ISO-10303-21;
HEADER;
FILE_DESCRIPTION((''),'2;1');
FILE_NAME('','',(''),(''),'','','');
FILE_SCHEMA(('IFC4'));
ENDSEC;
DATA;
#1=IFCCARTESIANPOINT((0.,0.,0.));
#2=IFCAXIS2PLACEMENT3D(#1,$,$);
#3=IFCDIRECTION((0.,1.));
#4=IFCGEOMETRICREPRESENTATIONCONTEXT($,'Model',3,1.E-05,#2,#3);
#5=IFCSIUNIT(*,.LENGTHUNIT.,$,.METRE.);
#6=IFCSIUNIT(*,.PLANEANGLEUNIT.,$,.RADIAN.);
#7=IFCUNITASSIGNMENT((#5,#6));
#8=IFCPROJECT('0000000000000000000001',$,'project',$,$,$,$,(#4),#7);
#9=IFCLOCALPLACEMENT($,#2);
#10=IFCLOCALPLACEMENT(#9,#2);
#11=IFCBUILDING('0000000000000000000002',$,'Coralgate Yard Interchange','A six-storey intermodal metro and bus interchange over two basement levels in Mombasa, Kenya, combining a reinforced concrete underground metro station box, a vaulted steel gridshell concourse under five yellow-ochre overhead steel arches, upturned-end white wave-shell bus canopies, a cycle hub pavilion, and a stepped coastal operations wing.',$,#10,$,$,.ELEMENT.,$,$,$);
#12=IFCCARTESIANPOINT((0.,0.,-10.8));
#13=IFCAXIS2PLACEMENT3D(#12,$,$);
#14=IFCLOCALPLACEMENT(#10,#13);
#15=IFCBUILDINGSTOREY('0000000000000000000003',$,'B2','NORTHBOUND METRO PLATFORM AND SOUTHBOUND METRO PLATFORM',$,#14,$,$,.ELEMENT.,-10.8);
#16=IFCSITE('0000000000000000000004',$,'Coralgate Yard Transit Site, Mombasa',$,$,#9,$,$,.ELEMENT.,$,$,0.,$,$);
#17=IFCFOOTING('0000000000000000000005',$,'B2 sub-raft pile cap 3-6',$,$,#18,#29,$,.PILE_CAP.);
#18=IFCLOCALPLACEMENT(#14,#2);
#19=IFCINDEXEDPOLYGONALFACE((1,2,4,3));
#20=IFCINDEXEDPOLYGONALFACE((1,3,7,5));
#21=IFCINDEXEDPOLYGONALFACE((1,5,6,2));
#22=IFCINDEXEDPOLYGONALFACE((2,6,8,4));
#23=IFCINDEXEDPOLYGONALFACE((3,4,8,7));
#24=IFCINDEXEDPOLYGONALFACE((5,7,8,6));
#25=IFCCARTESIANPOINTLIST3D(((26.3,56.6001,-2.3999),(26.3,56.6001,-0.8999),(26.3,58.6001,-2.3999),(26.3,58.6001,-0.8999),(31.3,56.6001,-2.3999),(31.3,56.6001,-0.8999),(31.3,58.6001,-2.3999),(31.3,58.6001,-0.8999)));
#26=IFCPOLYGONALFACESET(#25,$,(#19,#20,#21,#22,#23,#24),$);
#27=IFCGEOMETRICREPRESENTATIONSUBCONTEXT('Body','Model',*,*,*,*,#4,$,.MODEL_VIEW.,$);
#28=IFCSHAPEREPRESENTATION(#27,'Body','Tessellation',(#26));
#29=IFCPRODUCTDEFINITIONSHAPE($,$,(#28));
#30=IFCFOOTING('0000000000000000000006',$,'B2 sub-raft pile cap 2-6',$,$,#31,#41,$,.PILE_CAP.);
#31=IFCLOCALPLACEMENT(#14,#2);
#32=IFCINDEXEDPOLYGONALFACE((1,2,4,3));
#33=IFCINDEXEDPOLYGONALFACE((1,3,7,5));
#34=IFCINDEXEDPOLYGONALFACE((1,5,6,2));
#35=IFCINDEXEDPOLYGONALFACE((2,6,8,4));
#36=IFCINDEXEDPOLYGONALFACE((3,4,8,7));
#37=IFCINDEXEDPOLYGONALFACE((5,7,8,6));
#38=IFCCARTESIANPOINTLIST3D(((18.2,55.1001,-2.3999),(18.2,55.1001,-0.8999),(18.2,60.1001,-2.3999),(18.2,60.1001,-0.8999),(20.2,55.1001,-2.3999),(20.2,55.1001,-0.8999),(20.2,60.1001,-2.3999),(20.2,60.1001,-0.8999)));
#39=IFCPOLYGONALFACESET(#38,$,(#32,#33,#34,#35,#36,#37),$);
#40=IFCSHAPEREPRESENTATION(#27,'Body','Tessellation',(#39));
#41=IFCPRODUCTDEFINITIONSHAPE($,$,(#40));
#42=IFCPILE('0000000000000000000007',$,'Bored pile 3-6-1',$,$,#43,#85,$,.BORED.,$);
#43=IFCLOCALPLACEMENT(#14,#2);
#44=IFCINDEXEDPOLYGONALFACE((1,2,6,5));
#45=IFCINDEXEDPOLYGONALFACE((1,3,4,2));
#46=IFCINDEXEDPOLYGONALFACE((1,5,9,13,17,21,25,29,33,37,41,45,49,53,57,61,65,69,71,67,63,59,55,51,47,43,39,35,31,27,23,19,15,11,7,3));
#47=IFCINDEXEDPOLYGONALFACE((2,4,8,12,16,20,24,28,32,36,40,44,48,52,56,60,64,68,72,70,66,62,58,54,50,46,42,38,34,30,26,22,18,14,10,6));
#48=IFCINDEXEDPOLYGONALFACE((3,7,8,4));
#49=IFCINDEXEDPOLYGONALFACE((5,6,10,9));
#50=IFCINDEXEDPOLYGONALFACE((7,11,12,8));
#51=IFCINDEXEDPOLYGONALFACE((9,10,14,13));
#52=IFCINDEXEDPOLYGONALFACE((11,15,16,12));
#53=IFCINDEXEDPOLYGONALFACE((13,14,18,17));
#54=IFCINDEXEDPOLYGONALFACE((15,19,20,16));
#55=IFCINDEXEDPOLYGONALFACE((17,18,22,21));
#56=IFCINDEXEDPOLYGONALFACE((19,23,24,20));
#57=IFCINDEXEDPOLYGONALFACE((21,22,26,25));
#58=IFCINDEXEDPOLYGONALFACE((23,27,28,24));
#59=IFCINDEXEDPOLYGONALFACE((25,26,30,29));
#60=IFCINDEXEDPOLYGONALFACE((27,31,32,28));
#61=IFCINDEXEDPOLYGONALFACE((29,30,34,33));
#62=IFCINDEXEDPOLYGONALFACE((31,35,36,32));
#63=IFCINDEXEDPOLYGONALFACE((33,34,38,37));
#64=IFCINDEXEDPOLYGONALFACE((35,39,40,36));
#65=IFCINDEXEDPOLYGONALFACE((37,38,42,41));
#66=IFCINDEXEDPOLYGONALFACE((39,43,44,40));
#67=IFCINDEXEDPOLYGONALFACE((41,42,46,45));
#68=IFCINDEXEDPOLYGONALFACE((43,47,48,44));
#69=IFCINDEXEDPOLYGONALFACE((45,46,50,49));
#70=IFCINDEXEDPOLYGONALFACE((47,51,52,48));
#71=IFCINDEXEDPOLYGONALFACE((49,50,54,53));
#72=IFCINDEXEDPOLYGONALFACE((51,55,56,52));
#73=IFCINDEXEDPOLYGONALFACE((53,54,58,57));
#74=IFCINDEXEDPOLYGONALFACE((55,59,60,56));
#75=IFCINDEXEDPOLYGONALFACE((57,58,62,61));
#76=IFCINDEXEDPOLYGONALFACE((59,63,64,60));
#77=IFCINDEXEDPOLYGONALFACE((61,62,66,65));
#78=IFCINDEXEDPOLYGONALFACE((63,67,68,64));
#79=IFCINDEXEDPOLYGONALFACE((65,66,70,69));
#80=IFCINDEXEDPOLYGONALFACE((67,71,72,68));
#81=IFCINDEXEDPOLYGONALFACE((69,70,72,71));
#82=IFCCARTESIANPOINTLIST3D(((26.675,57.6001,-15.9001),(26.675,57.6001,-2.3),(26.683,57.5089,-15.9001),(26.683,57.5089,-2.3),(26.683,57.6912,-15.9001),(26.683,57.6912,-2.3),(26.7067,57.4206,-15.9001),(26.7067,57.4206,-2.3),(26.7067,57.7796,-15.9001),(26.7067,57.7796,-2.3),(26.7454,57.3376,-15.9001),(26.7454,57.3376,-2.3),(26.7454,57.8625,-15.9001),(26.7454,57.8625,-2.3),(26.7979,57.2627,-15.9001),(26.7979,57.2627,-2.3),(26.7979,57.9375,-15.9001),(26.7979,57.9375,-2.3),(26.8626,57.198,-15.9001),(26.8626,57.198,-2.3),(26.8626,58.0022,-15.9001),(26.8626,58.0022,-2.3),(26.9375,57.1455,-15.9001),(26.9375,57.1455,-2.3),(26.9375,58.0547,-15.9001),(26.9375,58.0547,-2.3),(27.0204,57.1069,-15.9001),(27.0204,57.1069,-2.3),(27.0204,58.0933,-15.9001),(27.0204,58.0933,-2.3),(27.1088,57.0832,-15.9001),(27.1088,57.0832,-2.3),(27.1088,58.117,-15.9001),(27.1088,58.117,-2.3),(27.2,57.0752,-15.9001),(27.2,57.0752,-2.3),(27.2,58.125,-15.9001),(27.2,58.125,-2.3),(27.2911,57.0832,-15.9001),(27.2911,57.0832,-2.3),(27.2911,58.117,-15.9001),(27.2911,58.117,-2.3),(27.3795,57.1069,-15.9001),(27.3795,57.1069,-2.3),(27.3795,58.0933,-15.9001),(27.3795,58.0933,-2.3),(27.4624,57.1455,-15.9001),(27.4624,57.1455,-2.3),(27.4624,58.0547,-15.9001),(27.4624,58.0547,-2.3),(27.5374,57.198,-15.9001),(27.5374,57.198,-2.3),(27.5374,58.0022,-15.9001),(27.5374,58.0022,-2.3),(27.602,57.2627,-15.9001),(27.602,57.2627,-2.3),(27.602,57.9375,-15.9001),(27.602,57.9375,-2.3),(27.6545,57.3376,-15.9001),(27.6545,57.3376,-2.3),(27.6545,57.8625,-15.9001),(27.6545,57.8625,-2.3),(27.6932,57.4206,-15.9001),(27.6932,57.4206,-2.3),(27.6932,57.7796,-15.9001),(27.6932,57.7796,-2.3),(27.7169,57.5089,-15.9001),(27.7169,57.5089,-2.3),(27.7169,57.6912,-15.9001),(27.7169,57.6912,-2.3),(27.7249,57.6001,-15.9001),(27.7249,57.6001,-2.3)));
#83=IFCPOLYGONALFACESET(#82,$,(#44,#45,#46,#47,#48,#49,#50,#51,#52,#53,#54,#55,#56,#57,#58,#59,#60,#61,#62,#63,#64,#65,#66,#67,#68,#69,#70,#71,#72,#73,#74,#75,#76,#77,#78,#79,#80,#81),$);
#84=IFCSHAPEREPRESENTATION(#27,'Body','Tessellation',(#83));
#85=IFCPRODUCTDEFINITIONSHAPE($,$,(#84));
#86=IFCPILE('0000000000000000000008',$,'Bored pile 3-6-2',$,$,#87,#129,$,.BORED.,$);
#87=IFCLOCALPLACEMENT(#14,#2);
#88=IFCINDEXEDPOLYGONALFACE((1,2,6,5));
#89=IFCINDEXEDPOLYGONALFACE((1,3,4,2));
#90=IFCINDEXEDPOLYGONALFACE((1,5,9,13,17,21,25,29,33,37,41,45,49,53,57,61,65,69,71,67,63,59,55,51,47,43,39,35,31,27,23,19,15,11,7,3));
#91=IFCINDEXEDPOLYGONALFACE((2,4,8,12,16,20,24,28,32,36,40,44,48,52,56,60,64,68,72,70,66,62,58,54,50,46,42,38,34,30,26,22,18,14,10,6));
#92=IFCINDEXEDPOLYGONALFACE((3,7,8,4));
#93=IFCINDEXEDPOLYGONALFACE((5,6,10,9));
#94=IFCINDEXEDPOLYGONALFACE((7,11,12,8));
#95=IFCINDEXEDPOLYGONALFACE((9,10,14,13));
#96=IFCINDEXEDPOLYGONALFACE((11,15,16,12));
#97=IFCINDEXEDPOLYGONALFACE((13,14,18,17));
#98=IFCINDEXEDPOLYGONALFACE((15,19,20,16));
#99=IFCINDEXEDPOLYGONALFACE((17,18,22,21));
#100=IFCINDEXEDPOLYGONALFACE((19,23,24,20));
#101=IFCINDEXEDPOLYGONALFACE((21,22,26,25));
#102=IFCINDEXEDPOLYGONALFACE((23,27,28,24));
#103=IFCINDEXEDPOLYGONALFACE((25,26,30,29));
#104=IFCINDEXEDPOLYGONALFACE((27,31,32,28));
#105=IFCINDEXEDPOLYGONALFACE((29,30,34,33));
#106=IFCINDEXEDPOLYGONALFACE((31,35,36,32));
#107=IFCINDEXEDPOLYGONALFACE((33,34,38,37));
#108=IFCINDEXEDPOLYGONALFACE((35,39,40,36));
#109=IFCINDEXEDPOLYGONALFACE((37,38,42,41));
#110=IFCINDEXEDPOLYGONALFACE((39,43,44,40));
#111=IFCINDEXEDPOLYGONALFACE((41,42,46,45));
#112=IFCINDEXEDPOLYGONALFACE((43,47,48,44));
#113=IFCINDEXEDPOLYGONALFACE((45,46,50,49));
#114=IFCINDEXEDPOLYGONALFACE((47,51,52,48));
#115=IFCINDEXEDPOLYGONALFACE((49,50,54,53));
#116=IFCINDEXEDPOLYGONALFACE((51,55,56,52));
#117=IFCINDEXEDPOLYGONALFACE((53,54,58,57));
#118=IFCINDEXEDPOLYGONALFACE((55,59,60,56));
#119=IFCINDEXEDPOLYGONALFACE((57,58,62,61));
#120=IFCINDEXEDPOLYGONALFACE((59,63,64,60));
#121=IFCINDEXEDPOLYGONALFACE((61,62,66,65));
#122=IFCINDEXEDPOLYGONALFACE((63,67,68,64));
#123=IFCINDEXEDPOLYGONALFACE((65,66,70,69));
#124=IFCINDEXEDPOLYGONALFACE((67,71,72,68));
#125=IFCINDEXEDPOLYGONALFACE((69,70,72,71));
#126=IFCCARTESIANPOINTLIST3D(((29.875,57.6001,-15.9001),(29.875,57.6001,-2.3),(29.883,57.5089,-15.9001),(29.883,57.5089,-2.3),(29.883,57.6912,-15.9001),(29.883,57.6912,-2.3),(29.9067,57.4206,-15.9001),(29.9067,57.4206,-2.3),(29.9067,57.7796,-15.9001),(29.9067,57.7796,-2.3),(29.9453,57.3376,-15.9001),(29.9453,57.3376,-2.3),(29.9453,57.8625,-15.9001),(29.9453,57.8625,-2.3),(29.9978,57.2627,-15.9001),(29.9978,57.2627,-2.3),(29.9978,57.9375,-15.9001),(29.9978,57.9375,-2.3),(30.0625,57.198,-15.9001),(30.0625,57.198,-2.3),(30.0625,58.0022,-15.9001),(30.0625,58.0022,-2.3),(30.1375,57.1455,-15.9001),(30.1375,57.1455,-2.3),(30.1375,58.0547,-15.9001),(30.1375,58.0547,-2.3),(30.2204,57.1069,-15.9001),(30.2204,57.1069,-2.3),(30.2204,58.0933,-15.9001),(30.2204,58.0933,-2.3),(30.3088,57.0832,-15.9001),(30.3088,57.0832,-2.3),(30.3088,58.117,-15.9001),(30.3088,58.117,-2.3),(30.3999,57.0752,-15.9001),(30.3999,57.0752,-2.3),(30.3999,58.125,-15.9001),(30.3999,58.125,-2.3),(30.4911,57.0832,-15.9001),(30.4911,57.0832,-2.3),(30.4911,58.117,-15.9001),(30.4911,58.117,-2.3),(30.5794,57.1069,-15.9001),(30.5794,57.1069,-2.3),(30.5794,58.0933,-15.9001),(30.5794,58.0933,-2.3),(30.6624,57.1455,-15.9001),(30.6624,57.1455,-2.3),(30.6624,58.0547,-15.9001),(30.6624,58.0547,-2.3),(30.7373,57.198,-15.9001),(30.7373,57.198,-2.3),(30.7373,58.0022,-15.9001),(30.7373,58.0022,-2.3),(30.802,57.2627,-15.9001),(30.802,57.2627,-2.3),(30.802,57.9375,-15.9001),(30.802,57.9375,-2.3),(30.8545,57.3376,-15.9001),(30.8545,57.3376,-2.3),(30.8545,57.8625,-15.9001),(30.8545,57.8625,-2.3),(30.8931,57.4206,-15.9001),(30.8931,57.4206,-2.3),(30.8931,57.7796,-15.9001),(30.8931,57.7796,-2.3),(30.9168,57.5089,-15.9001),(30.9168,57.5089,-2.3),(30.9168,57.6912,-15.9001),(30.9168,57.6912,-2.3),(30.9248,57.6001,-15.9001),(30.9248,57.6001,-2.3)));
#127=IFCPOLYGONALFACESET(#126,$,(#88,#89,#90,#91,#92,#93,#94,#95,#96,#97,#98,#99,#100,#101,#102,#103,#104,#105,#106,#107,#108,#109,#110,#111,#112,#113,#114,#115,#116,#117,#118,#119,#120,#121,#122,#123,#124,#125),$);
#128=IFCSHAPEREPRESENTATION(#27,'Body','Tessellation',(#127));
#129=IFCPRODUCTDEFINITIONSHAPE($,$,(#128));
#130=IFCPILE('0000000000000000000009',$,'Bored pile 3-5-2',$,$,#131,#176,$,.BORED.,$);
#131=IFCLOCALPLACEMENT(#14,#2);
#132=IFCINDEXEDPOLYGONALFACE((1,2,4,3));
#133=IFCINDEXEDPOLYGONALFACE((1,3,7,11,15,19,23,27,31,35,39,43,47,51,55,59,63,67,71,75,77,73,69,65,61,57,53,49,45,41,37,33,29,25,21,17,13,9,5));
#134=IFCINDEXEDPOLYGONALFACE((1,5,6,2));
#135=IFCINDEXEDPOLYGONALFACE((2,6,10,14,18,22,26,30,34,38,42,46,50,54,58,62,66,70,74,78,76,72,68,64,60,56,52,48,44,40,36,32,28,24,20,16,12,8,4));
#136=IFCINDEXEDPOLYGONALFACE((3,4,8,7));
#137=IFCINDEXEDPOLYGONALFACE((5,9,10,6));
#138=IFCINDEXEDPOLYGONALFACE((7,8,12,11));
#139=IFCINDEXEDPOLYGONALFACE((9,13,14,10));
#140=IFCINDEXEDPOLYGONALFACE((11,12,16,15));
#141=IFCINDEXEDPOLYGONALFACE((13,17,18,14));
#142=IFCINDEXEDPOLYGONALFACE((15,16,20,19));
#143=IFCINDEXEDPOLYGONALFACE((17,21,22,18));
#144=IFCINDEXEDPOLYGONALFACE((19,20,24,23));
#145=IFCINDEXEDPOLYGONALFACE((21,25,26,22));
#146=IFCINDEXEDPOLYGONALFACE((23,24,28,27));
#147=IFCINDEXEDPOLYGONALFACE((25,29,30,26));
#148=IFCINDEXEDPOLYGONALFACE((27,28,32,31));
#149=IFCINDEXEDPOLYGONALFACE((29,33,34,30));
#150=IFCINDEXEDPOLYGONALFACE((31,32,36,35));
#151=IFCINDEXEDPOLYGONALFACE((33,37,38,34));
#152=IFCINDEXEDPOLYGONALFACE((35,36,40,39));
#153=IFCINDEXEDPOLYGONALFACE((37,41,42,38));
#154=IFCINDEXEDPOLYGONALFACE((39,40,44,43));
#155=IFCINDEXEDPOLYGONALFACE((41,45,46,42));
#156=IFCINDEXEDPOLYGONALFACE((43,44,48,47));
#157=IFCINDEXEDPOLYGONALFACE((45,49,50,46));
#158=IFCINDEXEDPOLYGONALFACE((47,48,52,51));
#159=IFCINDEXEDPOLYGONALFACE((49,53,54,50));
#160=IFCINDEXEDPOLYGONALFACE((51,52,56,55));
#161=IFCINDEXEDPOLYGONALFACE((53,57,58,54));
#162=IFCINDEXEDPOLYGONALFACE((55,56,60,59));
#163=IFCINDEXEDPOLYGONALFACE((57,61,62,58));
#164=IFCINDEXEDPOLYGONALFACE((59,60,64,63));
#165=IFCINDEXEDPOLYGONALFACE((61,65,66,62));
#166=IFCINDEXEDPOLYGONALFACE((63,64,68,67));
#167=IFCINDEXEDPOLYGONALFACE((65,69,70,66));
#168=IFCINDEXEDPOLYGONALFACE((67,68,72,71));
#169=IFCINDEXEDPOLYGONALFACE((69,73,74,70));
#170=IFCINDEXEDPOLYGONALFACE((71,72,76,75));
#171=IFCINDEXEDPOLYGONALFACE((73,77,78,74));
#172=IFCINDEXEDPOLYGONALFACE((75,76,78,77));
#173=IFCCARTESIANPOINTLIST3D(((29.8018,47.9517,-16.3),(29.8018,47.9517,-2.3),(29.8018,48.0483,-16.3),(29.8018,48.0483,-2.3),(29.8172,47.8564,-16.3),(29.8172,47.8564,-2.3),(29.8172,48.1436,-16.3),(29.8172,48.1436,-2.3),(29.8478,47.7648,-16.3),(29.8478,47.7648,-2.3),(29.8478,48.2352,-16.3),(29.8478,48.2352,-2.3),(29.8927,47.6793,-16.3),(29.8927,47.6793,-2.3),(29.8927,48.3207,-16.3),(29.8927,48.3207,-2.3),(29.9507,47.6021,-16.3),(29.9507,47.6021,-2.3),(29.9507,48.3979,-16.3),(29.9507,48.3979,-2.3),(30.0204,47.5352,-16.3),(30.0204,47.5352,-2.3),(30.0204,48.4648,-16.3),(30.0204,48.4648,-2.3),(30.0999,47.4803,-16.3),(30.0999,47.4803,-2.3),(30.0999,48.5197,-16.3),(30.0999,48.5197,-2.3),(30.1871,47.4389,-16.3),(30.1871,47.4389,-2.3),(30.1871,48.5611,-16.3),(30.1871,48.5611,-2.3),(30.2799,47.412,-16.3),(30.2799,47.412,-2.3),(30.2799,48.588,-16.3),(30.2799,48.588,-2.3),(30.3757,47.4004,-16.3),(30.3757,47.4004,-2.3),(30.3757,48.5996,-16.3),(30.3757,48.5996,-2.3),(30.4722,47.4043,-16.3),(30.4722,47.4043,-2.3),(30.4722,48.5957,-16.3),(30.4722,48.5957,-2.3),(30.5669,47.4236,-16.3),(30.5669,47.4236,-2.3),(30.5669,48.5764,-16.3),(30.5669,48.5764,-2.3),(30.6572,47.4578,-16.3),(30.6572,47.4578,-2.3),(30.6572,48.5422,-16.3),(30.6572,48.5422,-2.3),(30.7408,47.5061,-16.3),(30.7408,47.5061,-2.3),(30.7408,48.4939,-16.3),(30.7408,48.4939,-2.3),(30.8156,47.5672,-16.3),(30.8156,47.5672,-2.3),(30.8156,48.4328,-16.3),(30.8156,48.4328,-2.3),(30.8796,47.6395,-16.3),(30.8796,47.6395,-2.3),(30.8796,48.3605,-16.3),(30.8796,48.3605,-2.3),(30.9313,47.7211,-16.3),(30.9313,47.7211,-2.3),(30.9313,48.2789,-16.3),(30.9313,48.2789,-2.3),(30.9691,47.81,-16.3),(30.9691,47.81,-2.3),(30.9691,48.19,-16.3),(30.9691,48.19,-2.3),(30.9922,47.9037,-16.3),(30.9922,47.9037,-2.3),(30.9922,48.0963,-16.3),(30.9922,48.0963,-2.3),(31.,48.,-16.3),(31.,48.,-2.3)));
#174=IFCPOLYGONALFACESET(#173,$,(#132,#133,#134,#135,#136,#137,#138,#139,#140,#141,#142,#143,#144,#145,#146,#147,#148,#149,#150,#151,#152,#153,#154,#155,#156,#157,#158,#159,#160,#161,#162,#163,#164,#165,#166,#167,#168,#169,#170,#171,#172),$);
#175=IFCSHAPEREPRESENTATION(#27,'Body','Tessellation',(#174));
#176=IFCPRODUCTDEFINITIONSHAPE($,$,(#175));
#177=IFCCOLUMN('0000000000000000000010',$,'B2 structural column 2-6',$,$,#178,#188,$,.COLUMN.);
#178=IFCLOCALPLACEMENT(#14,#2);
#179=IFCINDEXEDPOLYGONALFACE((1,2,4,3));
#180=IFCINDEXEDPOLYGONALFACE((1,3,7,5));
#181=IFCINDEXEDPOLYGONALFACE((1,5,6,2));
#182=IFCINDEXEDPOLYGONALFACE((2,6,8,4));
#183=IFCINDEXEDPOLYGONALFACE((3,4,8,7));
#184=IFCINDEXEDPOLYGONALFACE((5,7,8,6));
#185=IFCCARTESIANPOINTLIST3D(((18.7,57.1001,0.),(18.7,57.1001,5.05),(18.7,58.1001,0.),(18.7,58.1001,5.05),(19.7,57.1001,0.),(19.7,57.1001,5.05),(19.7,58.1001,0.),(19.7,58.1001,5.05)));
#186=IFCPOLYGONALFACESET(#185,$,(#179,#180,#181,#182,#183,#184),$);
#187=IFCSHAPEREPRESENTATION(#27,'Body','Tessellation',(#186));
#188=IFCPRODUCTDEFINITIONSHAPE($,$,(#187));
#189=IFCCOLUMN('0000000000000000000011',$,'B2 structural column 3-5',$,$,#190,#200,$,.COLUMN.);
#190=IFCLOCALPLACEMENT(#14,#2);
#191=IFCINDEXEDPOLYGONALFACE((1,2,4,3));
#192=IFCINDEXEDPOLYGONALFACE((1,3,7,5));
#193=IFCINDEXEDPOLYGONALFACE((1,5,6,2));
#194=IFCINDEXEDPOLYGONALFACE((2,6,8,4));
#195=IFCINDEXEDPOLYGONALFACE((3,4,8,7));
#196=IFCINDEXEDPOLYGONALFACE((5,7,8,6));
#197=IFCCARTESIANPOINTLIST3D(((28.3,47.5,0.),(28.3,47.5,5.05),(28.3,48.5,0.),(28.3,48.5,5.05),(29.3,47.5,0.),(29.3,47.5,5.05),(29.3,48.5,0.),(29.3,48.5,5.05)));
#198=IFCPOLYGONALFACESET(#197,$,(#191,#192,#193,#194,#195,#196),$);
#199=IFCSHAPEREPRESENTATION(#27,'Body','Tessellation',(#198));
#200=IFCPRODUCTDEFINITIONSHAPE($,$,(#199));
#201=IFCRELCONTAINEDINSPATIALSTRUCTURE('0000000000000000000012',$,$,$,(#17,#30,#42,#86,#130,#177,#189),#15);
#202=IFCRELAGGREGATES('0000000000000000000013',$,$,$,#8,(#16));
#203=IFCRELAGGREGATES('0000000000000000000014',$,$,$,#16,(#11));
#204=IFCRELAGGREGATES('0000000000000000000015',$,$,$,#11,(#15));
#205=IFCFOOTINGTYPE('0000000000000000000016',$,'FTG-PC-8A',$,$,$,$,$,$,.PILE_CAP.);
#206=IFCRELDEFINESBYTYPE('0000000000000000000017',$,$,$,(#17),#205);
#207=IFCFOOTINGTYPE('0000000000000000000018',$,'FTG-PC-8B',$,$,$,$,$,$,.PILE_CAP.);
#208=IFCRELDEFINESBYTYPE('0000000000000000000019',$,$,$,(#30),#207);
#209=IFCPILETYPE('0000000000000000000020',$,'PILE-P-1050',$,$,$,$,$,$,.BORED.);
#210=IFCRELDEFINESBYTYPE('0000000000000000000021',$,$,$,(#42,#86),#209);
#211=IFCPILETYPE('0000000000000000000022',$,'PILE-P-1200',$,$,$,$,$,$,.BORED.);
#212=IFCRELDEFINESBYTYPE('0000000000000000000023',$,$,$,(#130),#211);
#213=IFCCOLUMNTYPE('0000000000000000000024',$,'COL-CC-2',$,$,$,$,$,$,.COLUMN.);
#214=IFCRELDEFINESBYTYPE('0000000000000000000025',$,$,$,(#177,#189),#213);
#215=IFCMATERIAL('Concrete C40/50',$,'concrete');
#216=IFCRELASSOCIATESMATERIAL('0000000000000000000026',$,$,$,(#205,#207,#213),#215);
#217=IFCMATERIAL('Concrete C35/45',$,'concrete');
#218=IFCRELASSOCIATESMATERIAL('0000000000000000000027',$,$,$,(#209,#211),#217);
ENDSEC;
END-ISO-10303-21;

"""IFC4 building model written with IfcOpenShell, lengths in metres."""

from ifc_helpers import new_model, si_unit, direction, frame, origin, origin_2d, place, context, subcontext, project, spatial, rectangle, circle, extrude, material, material_profile, profile_set, type_object, element, save


model = new_model("IFC4")

# Units and contexts
model_context = context("Model", 3, precision=1e-05, world=origin(), true_north=direction((0.0, 1.0)))
body_context = subcontext(model_context, "Body", "Model", "MODEL_VIEW")
ifc_project = project(units=[si_unit("LENGTHUNIT", "METRE"), si_unit("PLANEANGLEUNIT", "RADIAN")], contexts=[model_context])

# Site, building, storey
site_placement = place(None, origin())
site = spatial("IfcSite", under=ifc_project, at=site_placement, Name="Coralgate Yard Transit Site, Mombasa", CompositionType="ELEMENT", RefElevation=0.0)
building_placement = place(site_placement, origin())
building = spatial("IfcBuilding", under=site, at=building_placement, Name="Coralgate Yard Interchange", Description="A six-storey intermodal metro and bus interchange over two basement levels in Mombasa, Kenya, combining a reinforced concrete underground metro station box, a vaulted steel gridshell concourse under five yellow-ochre overhead steel arches, upturned-end white wave-shell bus canopies, a cycle hub pavilion, and a stepped coastal operations wing.", CompositionType="ELEMENT")
storey_placement = place(building_placement, frame((0.0, 0.0, -10.8)))
storey = spatial("IfcBuildingStorey", under=building, at=storey_placement, Name="B2", Description="NORTHBOUND METRO PLATFORM AND SOUTHBOUND METRO PLATFORM", CompositionType="ELEMENT", Elevation=-10.8)

# Footings
ifc_material_1 = material(Name="Concrete C40/50", Category="concrete")
footing_type_1 = type_object("IfcFootingType", Name="FTG-PC-8A", PredefinedType="PILE_CAP", material=ifc_material_1)
footing_1_placement = place(storey_placement, frame((28.8, 57.6001, -2.3999), z_axis=(0.0, 0.0, 1.0), x_axis=(1.0, 0.0, 0.0)))
element("IfcFooting", 1, at=footing_1_placement, inside=storey, type_object=footing_type_1, Name="B2 sub-raft pile cap 3-6", PredefinedType="PILE_CAP", context=body_context, shape_type="SweptSolid", body=[
    extrude(rectangle(XDim=5.0, YDim=2.0, at=origin_2d()), origin(), (0.0, 0.0, 1.0), 1.5),
])
footing_type_2 = type_object("IfcFootingType", Name="FTG-PC-8B", PredefinedType="PILE_CAP", material=ifc_material_1)
footing_2_placement = place(storey_placement, frame((19.2, 57.6001, -2.3999), z_axis=(0.0, 0.0, 1.0), x_axis=(1.0, 0.0, 0.0)))
element("IfcFooting", 2, at=footing_2_placement, inside=storey, type_object=footing_type_2, Name="B2 sub-raft pile cap 2-6", PredefinedType="PILE_CAP", context=body_context, shape_type="SweptSolid", body=[
    extrude(rectangle(XDim=2.0, YDim=5.0, at=origin_2d()), origin(), (0.0, 0.0, 1.0), 1.5),
])

# Piles
ifc_material_2 = material(Name="Concrete C35/45", Category="concrete")
ifc_material_profile_1 = material_profile(ifc_material_2, circle(Radius=0.5249, at=origin_2d()), Name="BORED PILE D1050")
ifc_profile_set_1 = profile_set([ifc_material_profile_1], Name="Concrete C35/45")
pile_type_1 = type_object("IfcPileType", Name="PILE-P-1050", PredefinedType="BORED", material=ifc_profile_set_1)
for number, where, z_axis, x_axis, name in (
    (3, (27.2, 57.6001, -2.3), (0.0, 0.0, -1.0), (1.0, 0.0, 0.0), "Bored pile 3-6-1"),
    (4, (30.3999, 57.6001, -2.3), (0.0, 0.0, -1.0), (1.0, 0.0, 0.0), "Bored pile 3-6-2"),
):
    element("IfcPile", number, at=place(storey_placement, frame(where, z_axis=z_axis, x_axis=x_axis)), inside=storey, type_object=pile_type_1, Name=name, PredefinedType="BORED", context=body_context, shape_type="SweptSolid", body=[
        extrude(circle(Radius=0.5249, at=origin_2d()), origin(), (0.0, 0.0, 1.0), 13.6001),
    ])
ifc_material_profile_2 = material_profile(ifc_material_2, circle(Radius=0.6001, at=origin_2d()), Name="BORED PILE D1200")
ifc_profile_set_2 = profile_set([ifc_material_profile_2], Name="Concrete C35/45")
pile_type_2 = type_object("IfcPileType", Name="PILE-P-1200", PredefinedType="BORED", material=ifc_profile_set_2)
pile_placement = place(storey_placement, frame((30.3999, 48.0, -2.3), z_axis=(0.0, 0.0, -1.0), x_axis=(1.0, 0.0, 0.0)))
element("IfcPile", 5, at=pile_placement, inside=storey, type_object=pile_type_2, Name="Bored pile 3-5-2", PredefinedType="BORED", context=body_context, shape_type="SweptSolid", body=[
    extrude(circle(Radius=0.6001, at=origin_2d()), origin(), (0.0, 0.0, 1.0), 14.0),
])

# Columns
ifc_material_profile_3 = material_profile(ifc_material_1, rectangle(XDim=1.0, YDim=1.0, at=origin_2d()), Name="RC 1000x1000")
ifc_profile_set_3 = profile_set([ifc_material_profile_3], Name="Concrete C40/50")
column_type = type_object("IfcColumnType", Name="COL-CC-2", PredefinedType="COLUMN", material=ifc_profile_set_3)
for number, where, z_axis, x_axis, name in (
    (6, (19.2, 57.6001, 0.0), (0.0, 0.0, 1.0), (1.0, 0.0, 0.0), "B2 structural column 2-6"),
    (7, (28.8, 48.0, 0.0), (0.0, 0.0, 1.0), (1.0, 0.0, 0.0), "B2 structural column 3-5"),
):
    element("IfcColumn", number, at=place(storey_placement, frame(where, z_axis=z_axis, x_axis=x_axis)), inside=storey, type_object=column_type, Name=name, PredefinedType="COLUMN", context=body_context, shape_type="SweptSolid", body=[
        extrude(rectangle(XDim=1.0, YDim=1.0, at=origin_2d()), origin(), (0.0, 0.0, 1.0), 5.05),
    ])

save(model, "model.ifc")
